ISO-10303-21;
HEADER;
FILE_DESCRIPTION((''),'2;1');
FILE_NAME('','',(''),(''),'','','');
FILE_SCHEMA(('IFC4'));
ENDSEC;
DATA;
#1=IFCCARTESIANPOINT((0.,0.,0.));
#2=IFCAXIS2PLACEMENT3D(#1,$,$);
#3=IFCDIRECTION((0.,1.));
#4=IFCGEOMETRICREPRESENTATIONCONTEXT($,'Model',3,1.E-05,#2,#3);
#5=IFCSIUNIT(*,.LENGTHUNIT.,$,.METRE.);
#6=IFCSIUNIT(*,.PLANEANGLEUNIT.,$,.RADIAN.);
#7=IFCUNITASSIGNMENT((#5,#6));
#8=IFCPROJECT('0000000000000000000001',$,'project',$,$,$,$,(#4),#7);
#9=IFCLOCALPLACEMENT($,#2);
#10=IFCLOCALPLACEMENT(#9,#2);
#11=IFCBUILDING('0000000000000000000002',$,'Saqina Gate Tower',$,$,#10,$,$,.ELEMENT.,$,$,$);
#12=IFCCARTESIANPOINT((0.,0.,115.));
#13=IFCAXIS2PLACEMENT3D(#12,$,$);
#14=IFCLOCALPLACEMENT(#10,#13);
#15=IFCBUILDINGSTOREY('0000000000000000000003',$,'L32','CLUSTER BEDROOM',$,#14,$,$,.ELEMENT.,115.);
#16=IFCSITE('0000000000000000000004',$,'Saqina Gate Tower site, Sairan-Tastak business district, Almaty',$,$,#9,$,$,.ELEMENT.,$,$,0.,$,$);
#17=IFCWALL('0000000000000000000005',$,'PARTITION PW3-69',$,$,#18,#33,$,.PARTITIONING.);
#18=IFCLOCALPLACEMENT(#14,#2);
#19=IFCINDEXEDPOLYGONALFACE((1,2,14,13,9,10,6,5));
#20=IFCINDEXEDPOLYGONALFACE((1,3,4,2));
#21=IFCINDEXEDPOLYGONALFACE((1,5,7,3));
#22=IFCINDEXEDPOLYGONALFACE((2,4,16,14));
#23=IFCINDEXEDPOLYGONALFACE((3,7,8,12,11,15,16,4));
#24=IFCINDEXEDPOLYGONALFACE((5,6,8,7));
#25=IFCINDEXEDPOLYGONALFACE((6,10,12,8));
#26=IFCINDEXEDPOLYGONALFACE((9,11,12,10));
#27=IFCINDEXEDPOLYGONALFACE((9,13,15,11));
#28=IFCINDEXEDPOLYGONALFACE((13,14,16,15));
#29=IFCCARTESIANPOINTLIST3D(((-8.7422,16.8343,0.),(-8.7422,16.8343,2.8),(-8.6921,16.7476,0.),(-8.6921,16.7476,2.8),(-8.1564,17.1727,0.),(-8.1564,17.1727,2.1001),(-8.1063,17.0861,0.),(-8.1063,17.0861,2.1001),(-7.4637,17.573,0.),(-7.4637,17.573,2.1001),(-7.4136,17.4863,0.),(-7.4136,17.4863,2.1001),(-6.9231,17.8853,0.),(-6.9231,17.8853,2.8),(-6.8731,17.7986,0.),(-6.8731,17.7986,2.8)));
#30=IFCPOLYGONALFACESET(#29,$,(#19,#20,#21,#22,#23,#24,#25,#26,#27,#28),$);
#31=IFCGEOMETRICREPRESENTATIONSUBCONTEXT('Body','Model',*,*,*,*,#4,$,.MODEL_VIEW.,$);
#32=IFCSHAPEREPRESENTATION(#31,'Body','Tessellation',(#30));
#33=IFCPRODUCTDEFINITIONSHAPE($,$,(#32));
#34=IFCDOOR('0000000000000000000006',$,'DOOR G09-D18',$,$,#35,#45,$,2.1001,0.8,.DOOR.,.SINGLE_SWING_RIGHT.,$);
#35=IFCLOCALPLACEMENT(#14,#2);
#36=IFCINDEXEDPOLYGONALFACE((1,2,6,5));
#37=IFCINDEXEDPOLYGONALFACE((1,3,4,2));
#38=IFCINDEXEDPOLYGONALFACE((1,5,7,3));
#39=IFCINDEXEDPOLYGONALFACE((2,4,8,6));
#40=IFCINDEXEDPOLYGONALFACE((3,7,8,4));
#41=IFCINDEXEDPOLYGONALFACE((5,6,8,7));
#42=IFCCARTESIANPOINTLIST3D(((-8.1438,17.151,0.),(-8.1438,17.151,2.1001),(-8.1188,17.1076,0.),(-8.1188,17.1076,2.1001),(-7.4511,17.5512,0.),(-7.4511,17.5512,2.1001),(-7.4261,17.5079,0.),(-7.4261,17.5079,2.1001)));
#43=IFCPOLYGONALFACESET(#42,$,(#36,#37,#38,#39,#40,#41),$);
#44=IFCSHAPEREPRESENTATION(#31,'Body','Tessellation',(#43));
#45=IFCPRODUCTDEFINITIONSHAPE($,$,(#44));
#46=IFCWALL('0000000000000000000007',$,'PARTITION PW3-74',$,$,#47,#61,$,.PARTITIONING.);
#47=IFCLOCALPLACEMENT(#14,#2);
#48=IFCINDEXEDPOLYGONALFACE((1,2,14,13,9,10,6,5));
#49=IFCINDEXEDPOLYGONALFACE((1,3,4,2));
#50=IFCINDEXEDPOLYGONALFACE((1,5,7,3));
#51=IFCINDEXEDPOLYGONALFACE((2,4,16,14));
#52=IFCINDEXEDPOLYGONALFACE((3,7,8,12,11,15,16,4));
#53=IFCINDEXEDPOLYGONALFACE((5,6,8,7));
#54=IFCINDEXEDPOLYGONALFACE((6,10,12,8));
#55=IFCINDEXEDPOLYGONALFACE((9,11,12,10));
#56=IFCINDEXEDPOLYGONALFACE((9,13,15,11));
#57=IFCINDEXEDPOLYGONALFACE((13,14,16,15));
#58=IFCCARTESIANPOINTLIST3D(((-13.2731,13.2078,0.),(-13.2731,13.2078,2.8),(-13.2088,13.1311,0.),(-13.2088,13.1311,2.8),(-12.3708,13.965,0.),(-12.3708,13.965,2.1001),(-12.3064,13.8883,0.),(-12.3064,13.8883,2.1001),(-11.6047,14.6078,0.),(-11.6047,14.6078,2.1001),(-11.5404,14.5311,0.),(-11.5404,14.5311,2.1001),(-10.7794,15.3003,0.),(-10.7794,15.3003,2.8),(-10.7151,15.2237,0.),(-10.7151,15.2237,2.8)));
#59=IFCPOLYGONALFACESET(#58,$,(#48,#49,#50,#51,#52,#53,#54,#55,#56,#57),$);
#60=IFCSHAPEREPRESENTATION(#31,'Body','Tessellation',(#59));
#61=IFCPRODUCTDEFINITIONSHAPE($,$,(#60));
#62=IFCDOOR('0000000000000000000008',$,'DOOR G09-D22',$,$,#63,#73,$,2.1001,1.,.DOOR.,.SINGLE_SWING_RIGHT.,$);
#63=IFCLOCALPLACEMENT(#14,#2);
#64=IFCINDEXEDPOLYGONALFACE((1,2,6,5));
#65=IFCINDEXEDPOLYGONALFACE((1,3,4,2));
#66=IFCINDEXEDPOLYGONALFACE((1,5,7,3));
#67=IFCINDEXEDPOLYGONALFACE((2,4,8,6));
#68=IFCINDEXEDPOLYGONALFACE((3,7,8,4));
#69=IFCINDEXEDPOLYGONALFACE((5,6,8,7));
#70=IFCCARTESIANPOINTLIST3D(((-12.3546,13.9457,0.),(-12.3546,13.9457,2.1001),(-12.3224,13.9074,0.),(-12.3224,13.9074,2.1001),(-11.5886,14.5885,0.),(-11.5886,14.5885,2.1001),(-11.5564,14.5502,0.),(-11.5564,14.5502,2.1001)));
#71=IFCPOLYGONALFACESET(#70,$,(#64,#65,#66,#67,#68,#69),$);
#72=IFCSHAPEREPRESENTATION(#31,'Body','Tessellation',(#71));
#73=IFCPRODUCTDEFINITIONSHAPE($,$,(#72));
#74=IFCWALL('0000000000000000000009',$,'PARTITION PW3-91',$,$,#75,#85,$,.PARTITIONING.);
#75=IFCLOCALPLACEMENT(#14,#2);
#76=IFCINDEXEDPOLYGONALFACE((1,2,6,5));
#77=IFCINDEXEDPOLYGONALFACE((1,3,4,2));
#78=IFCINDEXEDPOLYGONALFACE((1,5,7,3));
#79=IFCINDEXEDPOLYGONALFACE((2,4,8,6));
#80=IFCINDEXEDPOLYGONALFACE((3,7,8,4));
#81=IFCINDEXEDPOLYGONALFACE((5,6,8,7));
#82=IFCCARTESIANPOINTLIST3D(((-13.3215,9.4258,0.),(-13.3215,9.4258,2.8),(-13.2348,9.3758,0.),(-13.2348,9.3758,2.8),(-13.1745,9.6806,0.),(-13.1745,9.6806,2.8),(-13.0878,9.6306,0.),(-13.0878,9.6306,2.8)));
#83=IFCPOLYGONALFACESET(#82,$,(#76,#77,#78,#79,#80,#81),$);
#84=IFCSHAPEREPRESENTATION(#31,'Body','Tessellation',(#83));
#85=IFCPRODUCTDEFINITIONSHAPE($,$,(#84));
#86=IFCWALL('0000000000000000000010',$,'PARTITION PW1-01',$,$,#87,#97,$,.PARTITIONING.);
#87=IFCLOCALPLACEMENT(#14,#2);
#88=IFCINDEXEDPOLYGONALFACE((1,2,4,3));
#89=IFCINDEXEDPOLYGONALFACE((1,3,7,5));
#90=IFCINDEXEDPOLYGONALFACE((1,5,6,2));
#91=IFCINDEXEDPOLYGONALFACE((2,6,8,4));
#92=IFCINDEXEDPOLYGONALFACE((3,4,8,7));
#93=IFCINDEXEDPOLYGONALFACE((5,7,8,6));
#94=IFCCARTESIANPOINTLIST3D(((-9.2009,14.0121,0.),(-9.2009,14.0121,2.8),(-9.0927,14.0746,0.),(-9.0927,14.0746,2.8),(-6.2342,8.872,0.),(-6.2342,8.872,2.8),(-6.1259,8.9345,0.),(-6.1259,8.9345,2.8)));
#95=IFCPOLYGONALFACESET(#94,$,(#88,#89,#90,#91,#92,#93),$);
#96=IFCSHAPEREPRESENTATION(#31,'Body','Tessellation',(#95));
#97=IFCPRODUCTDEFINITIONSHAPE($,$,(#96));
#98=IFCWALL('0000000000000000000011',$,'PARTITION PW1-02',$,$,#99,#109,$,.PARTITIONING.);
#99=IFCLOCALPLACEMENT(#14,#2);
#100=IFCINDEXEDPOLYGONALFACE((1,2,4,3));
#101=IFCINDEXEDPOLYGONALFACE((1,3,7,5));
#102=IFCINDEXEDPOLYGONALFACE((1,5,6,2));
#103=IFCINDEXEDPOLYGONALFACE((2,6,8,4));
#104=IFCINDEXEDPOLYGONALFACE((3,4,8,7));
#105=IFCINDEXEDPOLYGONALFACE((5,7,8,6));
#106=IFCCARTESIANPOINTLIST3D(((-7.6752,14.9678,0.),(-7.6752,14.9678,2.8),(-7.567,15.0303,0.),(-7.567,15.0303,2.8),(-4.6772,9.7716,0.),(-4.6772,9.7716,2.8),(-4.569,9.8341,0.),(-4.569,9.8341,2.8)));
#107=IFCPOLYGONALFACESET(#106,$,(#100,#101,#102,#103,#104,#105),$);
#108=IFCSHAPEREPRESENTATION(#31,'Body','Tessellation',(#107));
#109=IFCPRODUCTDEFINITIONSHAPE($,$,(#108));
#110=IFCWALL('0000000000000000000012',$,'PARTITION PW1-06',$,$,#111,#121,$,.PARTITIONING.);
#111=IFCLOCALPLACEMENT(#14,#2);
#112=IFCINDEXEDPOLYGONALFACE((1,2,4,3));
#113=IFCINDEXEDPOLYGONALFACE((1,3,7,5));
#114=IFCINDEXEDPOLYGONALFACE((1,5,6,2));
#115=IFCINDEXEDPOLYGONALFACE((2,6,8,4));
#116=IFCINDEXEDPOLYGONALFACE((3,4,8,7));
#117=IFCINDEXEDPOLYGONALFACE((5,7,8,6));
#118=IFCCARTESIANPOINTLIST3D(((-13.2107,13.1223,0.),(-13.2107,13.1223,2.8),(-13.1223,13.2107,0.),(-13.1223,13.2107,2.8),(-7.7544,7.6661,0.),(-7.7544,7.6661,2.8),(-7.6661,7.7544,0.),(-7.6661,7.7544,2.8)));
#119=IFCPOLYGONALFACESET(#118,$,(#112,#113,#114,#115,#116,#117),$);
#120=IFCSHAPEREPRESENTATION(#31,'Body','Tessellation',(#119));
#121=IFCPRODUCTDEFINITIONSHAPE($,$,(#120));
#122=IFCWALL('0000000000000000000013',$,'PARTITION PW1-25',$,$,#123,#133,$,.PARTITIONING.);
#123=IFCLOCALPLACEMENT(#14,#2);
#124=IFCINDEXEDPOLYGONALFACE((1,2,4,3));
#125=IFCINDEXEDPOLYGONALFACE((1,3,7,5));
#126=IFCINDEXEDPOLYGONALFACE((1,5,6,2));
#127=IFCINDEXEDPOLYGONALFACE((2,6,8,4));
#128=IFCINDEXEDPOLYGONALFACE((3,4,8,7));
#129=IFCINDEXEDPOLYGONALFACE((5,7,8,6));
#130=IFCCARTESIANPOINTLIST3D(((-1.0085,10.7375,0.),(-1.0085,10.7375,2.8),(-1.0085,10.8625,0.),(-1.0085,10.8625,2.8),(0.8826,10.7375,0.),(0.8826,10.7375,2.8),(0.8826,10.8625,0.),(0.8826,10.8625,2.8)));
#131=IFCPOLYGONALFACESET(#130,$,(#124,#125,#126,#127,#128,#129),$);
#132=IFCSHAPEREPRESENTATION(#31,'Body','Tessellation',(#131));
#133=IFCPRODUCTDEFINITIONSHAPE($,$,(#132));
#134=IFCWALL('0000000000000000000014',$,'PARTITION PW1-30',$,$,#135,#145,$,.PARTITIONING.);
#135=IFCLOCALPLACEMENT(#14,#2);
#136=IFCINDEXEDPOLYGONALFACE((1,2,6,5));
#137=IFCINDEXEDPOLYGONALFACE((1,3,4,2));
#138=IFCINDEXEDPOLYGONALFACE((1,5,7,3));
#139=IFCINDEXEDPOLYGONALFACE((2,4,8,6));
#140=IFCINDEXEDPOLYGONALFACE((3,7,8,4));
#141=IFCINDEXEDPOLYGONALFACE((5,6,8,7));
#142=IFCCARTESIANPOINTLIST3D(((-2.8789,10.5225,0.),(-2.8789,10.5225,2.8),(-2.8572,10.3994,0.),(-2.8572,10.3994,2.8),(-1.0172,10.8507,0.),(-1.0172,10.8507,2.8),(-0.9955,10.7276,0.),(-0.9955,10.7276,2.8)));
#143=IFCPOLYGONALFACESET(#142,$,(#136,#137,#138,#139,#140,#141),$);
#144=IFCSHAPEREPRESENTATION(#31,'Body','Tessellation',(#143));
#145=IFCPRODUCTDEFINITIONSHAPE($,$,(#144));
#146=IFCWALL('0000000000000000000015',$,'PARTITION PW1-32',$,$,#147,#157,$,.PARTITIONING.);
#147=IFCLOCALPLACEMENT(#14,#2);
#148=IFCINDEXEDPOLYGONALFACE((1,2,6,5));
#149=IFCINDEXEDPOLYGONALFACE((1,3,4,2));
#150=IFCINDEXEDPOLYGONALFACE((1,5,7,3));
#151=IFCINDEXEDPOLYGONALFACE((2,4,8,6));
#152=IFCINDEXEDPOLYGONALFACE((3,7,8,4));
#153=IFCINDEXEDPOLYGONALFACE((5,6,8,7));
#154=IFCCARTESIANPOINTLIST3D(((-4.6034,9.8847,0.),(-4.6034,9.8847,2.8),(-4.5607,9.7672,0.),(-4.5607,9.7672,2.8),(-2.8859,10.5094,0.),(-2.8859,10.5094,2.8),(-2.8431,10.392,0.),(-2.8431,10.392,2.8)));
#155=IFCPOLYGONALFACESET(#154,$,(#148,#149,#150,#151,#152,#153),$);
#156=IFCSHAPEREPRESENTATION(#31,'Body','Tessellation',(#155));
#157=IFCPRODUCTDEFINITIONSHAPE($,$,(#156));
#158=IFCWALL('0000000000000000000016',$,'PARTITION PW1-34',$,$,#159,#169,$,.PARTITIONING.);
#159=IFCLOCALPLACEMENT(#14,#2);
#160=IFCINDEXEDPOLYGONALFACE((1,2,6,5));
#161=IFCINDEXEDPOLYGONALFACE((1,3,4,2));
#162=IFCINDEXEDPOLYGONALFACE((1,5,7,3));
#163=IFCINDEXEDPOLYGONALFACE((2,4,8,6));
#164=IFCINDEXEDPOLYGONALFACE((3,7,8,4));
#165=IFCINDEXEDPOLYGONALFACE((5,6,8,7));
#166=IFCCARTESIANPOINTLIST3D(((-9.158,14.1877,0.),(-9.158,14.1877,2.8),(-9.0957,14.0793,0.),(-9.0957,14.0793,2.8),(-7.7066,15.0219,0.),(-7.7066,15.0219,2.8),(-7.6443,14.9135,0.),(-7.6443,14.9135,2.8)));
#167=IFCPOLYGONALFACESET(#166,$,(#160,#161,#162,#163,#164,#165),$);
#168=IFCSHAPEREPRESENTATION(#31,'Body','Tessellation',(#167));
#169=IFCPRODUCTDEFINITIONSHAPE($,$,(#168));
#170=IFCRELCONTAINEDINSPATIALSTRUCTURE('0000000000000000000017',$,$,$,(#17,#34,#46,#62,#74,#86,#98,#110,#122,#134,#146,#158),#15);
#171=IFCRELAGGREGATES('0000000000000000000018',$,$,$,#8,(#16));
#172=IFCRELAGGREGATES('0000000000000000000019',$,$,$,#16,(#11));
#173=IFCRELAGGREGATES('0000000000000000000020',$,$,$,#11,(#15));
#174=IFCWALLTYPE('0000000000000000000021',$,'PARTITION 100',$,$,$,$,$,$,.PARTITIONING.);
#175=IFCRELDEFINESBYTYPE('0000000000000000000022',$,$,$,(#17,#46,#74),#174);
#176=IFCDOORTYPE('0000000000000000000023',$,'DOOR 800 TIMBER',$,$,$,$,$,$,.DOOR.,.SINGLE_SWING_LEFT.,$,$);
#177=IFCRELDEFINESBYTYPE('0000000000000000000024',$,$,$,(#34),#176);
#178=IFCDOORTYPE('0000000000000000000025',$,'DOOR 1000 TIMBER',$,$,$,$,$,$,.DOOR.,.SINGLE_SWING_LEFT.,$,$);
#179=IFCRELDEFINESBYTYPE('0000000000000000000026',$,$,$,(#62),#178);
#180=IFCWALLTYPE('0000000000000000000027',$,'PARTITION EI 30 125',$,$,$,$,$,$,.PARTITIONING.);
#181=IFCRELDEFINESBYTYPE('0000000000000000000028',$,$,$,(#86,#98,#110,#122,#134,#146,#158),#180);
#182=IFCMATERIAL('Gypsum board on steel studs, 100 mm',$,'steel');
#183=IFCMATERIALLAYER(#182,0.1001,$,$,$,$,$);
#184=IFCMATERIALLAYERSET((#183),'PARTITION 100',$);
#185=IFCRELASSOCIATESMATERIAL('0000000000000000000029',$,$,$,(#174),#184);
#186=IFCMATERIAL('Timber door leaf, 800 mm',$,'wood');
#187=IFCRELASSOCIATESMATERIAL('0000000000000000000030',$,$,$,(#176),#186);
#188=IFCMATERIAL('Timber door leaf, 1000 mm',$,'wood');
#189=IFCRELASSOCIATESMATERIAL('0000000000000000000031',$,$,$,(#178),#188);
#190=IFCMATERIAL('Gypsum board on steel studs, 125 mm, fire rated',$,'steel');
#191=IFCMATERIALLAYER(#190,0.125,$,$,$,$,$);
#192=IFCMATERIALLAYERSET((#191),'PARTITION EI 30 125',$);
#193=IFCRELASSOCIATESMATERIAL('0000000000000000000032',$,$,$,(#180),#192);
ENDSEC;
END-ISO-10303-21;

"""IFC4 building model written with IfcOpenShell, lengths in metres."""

from ifc_helpers import new_model, si_unit, direction, frame, frame_2d, origin, place, context, subcontext, project, spatial, rectangle, extrude, material, layer, layer_set, type_object, element, fill, save


model = new_model("IFC4")

# Units and contexts
model_context = context("Model", 3, precision=1e-05, world=origin(), true_north=direction((0.0, 1.0)))
body_context = subcontext(model_context, "Body", "Model", "MODEL_VIEW")
ifc_project = project(units=[si_unit("LENGTHUNIT", "METRE"), si_unit("PLANEANGLEUNIT", "RADIAN")], contexts=[model_context])

# Site, building, storey
site_placement = place(None, origin())
site = spatial("IfcSite", under=ifc_project, at=site_placement, Name="Saqina Gate Tower site, Sairan-Tastak business district, Almaty", CompositionType="ELEMENT", RefElevation=0.0)
building_placement = place(site_placement, origin())
building = spatial("IfcBuilding", under=site, at=building_placement, Name="Saqina Gate Tower", CompositionType="ELEMENT")
storey_placement = place(building_placement, frame((0.0, 0.0, 115.0)))
storey = spatial("IfcBuildingStorey", under=building, at=storey_placement, Name="L32", Description="CLUSTER BEDROOM", CompositionType="ELEMENT", Elevation=115.0)

# Shared definitions
ifc_material_1 = material(Name="Gypsum board on steel studs, 100 mm", Category="steel")
ifc_layer_1 = layer(ifc_material_1, 0.1001)
ifc_layer_set_1 = layer_set([ifc_layer_1], Name="PARTITION 100")
wall_type_1 = type_object("IfcWallType", Name="PARTITION 100", PredefinedType="PARTITIONING", material=ifc_layer_set_1)

# Walls, openings, doors
wall_1_placement = place(storey_placement, frame((-8.717, 16.791, 0.0), z_axis=(0.0, 0.0, 1.0), x_axis=(0.865866, 0.500276, 0.0)))
wall_1 = element("IfcWall", 1, at=wall_1_placement, inside=storey, type_object=wall_type_1, Name="PARTITION PW3-69", PredefinedType="PARTITIONING", context=body_context, shape_type="SweptSolid", body=[
    extrude(rectangle(XDim=2.1008, YDim=0.1001, at=frame_2d((1.0503, 0.0))), origin(), (0.0, 0.0, 1.0), 2.8),
])
opening_1_placement = place(wall_1_placement, frame((0.6765, 0.0, 0.0)))
opening_1 = element("IfcOpeningElement", 2, at=opening_1_placement, cuts=wall_1, PredefinedType="OPENING", context=body_context, shape_type="SweptSolid", body=[
    extrude(rectangle(XDim=0.8, YDim=2.1001, at=frame_2d((0.3999, 1.05))), frame((0.0, 0.062, 0.0), z_axis=(0.0, -1.0, 0.0), x_axis=(1.0, 0.0, 0.0)), (0.0, 0.0, 1.0), 0.124),
])
ifc_material_2 = material(Name="Timber door leaf, 800 mm", Category="wood")
door_type_1 = type_object("IfcDoorType", Name="DOOR 800 TIMBER", OperationType="SINGLE_SWING_LEFT", PredefinedType="DOOR", material=ifc_material_2)
door_1_placement = place(opening_1_placement, origin())
door_1 = element("IfcDoor", 3, at=door_1_placement, inside=storey, type_object=door_type_1, Name="DOOR G09-D18", OperationType="SINGLE_SWING_RIGHT", OverallHeight=2.1001, OverallWidth=0.8, PredefinedType="DOOR", context=body_context, shape_type="SweptSolid", body=[
    extrude(rectangle(XDim=0.8, YDim=2.1001, at=frame_2d((0.3999, 1.05))), frame((0.0, 0.0249, 0.0), z_axis=(0.0, -1.0, 0.0), x_axis=(1.0, 0.0, 0.0)), (0.0, 0.0, 1.0), 0.05),
])
fill(opening_1, door_1)
wall_2_placement = place(storey_placement, frame((-13.241, 13.1694, 0.0), z_axis=(0.0, 0.0, 1.0), x_axis=(0.766028, 0.642807, 0.0)))
wall_2 = element("IfcWall", 4, at=wall_2_placement, inside=storey, type_object=wall_type_1, Name="PARTITION PW3-74", PredefinedType="PARTITIONING", context=body_context, shape_type="SweptSolid", body=[
    extrude(rectangle(XDim=3.2554, YDim=0.1001, at=frame_2d((1.6277, 0.0))), origin(), (0.0, 0.0, 1.0), 2.8),
])
opening_2_placement = place(wall_2_placement, frame((1.178, 0.0, 0.0)))
opening_2 = element("IfcOpeningElement", 5, at=opening_2_placement, cuts=wall_2, PredefinedType="OPENING", context=body_context, shape_type="SweptSolid", body=[
    extrude(rectangle(XDim=1.0, YDim=2.1001, at=frame_2d((0.5, 1.05))), frame((0.0, 0.062, 0.0), z_axis=(0.0, -1.0, 0.0), x_axis=(1.0, 0.0, 0.0)), (0.0, 0.0, 1.0), 0.124),
])
ifc_material_3 = material(Name="Timber door leaf, 1000 mm", Category="wood")
door_type_2 = type_object("IfcDoorType", Name="DOOR 1000 TIMBER", OperationType="SINGLE_SWING_LEFT", PredefinedType="DOOR", material=ifc_material_3)
door_2_placement = place(opening_2_placement, origin())
door_2 = element("IfcDoor", 6, at=door_2_placement, inside=storey, type_object=door_type_2, Name="DOOR G09-D22", OperationType="SINGLE_SWING_RIGHT", OverallHeight=2.1001, OverallWidth=1.0, PredefinedType="DOOR", context=body_context, shape_type="SweptSolid", body=[
    extrude(rectangle(XDim=1.0, YDim=2.1001, at=frame_2d((0.5, 1.05))), frame((0.0, 0.0249, 0.0), z_axis=(0.0, -1.0, 0.0), x_axis=(1.0, 0.0, 0.0)), (0.0, 0.0, 1.0), 0.05),
])
fill(opening_2, door_2)

# Walls
wall_3_placement = place(storey_placement, frame((-13.2781, 9.4009, 0.0), z_axis=(0.0, 0.0, 1.0), x_axis=(0.499531, 0.866296, 0.0)))
element("IfcWall", 7, at=wall_3_placement, inside=storey, type_object=wall_type_1, Name="PARTITION PW3-91", PredefinedType="PARTITIONING", context=body_context, shape_type="SweptSolid", body=[
    extrude(rectangle(XDim=0.2942, YDim=0.1001, at=frame_2d((0.147, 0.0))), origin(), (0.0, 0.0, 1.0), 2.8),
])
ifc_material_4 = material(Name="Gypsum board on steel studs, 125 mm, fire rated", Category="steel")
ifc_layer_2 = layer(ifc_material_4, 0.125)
ifc_layer_set_2 = layer_set([ifc_layer_2], Name="PARTITION EI 30 125")
wall_type_2 = type_object("IfcWallType", Name="PARTITION EI 30 125", PredefinedType="PARTITIONING", material=ifc_layer_set_2)
wall_4_placement = place(storey_placement, frame((-9.1467, 14.0432, 0.0), z_axis=(0.0, 0.0, 1.0), x_axis=(0.499891, -0.866088, 0.0)))
element("IfcWall", 8, at=wall_4_placement, inside=storey, type_object=wall_type_2, Name="PARTITION PW1-01", PredefinedType="PARTITIONING", context=body_context, shape_type="SweptSolid", body=[
    extrude(rectangle(XDim=5.9348, YDim=0.125, at=frame_2d((2.9673, 0.0))), origin(), (0.0, 0.0, 1.0), 2.8),
])
wall_5_placement = place(storey_placement, frame((-7.6211, 14.999, 0.0), z_axis=(0.0, 0.0, 1.0), x_axis=(0.499746, -0.866172, 0.0)))
element("IfcWall", 9, at=wall_5_placement, inside=storey, type_object=wall_type_2, Name="PARTITION PW1-02", PredefinedType="PARTITIONING", context=body_context, shape_type="SweptSolid", body=[
    extrude(rectangle(XDim=5.999, YDim=0.125, at=frame_2d((2.9995, 0.0))), origin(), (0.0, 0.0, 1.0), 2.8),
])
wall_6_placement = place(storey_placement, frame((-13.1665, 13.1665, 0.0), z_axis=(0.0, 0.0, 1.0), x_axis=(0.707107, -0.707107, 0.0)))
element("IfcWall", 10, at=wall_6_placement, inside=storey, type_object=wall_type_2, Name="PARTITION PW1-06", PredefinedType="PARTITIONING", context=body_context, shape_type="SweptSolid", body=[
    extrude(rectangle(XDim=7.7163, YDim=0.125, at=frame_2d((3.8582, 0.0))), origin(), (0.0, 0.0, 1.0), 2.8),
])
wall_7_placement = place(storey_placement, frame((-1.0085, 10.8, 0.0), z_axis=(0.0, 0.0, 1.0), x_axis=(1.0, 0.0, 0.0)))
element("IfcWall", 11, at=wall_7_placement, inside=storey, type_object=wall_type_2, Name="PARTITION PW1-25", PredefinedType="PARTITIONING", context=body_context, shape_type="SweptSolid", body=[
    extrude(rectangle(XDim=1.8911, YDim=0.125, at=frame_2d((0.9456, 0.0))), origin(), (0.0, 0.0, 1.0), 2.8),
])
wall_8_placement = place(storey_placement, frame((-2.8682, 10.4609, 0.0), z_axis=(0.0, 0.0, 1.0), x_axis=(0.984819, 0.173586, 0.0)))
element("IfcWall", 12, at=wall_8_placement, inside=storey, type_object=wall_type_2, Name="PARTITION PW1-30", PredefinedType="PARTITIONING", context=body_context, shape_type="SweptSolid", body=[
    extrude(rectangle(XDim=1.8904, YDim=0.125, at=frame_2d((0.9453, 0.0))), origin(), (0.0, 0.0, 1.0), 2.8),
])
wall_9_placement = place(storey_placement, frame((-4.582, 9.8259, 0.0), z_axis=(0.0, 0.0, 1.0), x_axis=(0.939758, 0.34184, 0.0)))
element("IfcWall", 13, at=wall_9_placement, inside=storey, type_object=wall_type_2, Name="PARTITION PW1-32", PredefinedType="PARTITIONING", context=body_context, shape_type="SweptSolid", body=[
    extrude(rectangle(XDim=1.8276, YDim=0.125, at=frame_2d((0.9138, 0.0))), origin(), (0.0, 0.0, 1.0), 2.8),
])
wall_10_placement = place(storey_placement, frame((-9.1267, 14.1335, 0.0), z_axis=(0.0, 0.0, 1.0), x_axis=(0.866993, 0.49832, 0.0)))
element("IfcWall", 14, at=wall_10_placement, inside=storey, type_object=wall_type_2, Name="PARTITION PW1-34", PredefinedType="PARTITIONING", context=body_context, shape_type="SweptSolid", body=[
    extrude(rectangle(XDim=1.6741, YDim=0.125, at=frame_2d((0.8369, 0.0))), origin(), (0.0, 0.0, 1.0), 2.8),
])

save(model, "model.ifc")
